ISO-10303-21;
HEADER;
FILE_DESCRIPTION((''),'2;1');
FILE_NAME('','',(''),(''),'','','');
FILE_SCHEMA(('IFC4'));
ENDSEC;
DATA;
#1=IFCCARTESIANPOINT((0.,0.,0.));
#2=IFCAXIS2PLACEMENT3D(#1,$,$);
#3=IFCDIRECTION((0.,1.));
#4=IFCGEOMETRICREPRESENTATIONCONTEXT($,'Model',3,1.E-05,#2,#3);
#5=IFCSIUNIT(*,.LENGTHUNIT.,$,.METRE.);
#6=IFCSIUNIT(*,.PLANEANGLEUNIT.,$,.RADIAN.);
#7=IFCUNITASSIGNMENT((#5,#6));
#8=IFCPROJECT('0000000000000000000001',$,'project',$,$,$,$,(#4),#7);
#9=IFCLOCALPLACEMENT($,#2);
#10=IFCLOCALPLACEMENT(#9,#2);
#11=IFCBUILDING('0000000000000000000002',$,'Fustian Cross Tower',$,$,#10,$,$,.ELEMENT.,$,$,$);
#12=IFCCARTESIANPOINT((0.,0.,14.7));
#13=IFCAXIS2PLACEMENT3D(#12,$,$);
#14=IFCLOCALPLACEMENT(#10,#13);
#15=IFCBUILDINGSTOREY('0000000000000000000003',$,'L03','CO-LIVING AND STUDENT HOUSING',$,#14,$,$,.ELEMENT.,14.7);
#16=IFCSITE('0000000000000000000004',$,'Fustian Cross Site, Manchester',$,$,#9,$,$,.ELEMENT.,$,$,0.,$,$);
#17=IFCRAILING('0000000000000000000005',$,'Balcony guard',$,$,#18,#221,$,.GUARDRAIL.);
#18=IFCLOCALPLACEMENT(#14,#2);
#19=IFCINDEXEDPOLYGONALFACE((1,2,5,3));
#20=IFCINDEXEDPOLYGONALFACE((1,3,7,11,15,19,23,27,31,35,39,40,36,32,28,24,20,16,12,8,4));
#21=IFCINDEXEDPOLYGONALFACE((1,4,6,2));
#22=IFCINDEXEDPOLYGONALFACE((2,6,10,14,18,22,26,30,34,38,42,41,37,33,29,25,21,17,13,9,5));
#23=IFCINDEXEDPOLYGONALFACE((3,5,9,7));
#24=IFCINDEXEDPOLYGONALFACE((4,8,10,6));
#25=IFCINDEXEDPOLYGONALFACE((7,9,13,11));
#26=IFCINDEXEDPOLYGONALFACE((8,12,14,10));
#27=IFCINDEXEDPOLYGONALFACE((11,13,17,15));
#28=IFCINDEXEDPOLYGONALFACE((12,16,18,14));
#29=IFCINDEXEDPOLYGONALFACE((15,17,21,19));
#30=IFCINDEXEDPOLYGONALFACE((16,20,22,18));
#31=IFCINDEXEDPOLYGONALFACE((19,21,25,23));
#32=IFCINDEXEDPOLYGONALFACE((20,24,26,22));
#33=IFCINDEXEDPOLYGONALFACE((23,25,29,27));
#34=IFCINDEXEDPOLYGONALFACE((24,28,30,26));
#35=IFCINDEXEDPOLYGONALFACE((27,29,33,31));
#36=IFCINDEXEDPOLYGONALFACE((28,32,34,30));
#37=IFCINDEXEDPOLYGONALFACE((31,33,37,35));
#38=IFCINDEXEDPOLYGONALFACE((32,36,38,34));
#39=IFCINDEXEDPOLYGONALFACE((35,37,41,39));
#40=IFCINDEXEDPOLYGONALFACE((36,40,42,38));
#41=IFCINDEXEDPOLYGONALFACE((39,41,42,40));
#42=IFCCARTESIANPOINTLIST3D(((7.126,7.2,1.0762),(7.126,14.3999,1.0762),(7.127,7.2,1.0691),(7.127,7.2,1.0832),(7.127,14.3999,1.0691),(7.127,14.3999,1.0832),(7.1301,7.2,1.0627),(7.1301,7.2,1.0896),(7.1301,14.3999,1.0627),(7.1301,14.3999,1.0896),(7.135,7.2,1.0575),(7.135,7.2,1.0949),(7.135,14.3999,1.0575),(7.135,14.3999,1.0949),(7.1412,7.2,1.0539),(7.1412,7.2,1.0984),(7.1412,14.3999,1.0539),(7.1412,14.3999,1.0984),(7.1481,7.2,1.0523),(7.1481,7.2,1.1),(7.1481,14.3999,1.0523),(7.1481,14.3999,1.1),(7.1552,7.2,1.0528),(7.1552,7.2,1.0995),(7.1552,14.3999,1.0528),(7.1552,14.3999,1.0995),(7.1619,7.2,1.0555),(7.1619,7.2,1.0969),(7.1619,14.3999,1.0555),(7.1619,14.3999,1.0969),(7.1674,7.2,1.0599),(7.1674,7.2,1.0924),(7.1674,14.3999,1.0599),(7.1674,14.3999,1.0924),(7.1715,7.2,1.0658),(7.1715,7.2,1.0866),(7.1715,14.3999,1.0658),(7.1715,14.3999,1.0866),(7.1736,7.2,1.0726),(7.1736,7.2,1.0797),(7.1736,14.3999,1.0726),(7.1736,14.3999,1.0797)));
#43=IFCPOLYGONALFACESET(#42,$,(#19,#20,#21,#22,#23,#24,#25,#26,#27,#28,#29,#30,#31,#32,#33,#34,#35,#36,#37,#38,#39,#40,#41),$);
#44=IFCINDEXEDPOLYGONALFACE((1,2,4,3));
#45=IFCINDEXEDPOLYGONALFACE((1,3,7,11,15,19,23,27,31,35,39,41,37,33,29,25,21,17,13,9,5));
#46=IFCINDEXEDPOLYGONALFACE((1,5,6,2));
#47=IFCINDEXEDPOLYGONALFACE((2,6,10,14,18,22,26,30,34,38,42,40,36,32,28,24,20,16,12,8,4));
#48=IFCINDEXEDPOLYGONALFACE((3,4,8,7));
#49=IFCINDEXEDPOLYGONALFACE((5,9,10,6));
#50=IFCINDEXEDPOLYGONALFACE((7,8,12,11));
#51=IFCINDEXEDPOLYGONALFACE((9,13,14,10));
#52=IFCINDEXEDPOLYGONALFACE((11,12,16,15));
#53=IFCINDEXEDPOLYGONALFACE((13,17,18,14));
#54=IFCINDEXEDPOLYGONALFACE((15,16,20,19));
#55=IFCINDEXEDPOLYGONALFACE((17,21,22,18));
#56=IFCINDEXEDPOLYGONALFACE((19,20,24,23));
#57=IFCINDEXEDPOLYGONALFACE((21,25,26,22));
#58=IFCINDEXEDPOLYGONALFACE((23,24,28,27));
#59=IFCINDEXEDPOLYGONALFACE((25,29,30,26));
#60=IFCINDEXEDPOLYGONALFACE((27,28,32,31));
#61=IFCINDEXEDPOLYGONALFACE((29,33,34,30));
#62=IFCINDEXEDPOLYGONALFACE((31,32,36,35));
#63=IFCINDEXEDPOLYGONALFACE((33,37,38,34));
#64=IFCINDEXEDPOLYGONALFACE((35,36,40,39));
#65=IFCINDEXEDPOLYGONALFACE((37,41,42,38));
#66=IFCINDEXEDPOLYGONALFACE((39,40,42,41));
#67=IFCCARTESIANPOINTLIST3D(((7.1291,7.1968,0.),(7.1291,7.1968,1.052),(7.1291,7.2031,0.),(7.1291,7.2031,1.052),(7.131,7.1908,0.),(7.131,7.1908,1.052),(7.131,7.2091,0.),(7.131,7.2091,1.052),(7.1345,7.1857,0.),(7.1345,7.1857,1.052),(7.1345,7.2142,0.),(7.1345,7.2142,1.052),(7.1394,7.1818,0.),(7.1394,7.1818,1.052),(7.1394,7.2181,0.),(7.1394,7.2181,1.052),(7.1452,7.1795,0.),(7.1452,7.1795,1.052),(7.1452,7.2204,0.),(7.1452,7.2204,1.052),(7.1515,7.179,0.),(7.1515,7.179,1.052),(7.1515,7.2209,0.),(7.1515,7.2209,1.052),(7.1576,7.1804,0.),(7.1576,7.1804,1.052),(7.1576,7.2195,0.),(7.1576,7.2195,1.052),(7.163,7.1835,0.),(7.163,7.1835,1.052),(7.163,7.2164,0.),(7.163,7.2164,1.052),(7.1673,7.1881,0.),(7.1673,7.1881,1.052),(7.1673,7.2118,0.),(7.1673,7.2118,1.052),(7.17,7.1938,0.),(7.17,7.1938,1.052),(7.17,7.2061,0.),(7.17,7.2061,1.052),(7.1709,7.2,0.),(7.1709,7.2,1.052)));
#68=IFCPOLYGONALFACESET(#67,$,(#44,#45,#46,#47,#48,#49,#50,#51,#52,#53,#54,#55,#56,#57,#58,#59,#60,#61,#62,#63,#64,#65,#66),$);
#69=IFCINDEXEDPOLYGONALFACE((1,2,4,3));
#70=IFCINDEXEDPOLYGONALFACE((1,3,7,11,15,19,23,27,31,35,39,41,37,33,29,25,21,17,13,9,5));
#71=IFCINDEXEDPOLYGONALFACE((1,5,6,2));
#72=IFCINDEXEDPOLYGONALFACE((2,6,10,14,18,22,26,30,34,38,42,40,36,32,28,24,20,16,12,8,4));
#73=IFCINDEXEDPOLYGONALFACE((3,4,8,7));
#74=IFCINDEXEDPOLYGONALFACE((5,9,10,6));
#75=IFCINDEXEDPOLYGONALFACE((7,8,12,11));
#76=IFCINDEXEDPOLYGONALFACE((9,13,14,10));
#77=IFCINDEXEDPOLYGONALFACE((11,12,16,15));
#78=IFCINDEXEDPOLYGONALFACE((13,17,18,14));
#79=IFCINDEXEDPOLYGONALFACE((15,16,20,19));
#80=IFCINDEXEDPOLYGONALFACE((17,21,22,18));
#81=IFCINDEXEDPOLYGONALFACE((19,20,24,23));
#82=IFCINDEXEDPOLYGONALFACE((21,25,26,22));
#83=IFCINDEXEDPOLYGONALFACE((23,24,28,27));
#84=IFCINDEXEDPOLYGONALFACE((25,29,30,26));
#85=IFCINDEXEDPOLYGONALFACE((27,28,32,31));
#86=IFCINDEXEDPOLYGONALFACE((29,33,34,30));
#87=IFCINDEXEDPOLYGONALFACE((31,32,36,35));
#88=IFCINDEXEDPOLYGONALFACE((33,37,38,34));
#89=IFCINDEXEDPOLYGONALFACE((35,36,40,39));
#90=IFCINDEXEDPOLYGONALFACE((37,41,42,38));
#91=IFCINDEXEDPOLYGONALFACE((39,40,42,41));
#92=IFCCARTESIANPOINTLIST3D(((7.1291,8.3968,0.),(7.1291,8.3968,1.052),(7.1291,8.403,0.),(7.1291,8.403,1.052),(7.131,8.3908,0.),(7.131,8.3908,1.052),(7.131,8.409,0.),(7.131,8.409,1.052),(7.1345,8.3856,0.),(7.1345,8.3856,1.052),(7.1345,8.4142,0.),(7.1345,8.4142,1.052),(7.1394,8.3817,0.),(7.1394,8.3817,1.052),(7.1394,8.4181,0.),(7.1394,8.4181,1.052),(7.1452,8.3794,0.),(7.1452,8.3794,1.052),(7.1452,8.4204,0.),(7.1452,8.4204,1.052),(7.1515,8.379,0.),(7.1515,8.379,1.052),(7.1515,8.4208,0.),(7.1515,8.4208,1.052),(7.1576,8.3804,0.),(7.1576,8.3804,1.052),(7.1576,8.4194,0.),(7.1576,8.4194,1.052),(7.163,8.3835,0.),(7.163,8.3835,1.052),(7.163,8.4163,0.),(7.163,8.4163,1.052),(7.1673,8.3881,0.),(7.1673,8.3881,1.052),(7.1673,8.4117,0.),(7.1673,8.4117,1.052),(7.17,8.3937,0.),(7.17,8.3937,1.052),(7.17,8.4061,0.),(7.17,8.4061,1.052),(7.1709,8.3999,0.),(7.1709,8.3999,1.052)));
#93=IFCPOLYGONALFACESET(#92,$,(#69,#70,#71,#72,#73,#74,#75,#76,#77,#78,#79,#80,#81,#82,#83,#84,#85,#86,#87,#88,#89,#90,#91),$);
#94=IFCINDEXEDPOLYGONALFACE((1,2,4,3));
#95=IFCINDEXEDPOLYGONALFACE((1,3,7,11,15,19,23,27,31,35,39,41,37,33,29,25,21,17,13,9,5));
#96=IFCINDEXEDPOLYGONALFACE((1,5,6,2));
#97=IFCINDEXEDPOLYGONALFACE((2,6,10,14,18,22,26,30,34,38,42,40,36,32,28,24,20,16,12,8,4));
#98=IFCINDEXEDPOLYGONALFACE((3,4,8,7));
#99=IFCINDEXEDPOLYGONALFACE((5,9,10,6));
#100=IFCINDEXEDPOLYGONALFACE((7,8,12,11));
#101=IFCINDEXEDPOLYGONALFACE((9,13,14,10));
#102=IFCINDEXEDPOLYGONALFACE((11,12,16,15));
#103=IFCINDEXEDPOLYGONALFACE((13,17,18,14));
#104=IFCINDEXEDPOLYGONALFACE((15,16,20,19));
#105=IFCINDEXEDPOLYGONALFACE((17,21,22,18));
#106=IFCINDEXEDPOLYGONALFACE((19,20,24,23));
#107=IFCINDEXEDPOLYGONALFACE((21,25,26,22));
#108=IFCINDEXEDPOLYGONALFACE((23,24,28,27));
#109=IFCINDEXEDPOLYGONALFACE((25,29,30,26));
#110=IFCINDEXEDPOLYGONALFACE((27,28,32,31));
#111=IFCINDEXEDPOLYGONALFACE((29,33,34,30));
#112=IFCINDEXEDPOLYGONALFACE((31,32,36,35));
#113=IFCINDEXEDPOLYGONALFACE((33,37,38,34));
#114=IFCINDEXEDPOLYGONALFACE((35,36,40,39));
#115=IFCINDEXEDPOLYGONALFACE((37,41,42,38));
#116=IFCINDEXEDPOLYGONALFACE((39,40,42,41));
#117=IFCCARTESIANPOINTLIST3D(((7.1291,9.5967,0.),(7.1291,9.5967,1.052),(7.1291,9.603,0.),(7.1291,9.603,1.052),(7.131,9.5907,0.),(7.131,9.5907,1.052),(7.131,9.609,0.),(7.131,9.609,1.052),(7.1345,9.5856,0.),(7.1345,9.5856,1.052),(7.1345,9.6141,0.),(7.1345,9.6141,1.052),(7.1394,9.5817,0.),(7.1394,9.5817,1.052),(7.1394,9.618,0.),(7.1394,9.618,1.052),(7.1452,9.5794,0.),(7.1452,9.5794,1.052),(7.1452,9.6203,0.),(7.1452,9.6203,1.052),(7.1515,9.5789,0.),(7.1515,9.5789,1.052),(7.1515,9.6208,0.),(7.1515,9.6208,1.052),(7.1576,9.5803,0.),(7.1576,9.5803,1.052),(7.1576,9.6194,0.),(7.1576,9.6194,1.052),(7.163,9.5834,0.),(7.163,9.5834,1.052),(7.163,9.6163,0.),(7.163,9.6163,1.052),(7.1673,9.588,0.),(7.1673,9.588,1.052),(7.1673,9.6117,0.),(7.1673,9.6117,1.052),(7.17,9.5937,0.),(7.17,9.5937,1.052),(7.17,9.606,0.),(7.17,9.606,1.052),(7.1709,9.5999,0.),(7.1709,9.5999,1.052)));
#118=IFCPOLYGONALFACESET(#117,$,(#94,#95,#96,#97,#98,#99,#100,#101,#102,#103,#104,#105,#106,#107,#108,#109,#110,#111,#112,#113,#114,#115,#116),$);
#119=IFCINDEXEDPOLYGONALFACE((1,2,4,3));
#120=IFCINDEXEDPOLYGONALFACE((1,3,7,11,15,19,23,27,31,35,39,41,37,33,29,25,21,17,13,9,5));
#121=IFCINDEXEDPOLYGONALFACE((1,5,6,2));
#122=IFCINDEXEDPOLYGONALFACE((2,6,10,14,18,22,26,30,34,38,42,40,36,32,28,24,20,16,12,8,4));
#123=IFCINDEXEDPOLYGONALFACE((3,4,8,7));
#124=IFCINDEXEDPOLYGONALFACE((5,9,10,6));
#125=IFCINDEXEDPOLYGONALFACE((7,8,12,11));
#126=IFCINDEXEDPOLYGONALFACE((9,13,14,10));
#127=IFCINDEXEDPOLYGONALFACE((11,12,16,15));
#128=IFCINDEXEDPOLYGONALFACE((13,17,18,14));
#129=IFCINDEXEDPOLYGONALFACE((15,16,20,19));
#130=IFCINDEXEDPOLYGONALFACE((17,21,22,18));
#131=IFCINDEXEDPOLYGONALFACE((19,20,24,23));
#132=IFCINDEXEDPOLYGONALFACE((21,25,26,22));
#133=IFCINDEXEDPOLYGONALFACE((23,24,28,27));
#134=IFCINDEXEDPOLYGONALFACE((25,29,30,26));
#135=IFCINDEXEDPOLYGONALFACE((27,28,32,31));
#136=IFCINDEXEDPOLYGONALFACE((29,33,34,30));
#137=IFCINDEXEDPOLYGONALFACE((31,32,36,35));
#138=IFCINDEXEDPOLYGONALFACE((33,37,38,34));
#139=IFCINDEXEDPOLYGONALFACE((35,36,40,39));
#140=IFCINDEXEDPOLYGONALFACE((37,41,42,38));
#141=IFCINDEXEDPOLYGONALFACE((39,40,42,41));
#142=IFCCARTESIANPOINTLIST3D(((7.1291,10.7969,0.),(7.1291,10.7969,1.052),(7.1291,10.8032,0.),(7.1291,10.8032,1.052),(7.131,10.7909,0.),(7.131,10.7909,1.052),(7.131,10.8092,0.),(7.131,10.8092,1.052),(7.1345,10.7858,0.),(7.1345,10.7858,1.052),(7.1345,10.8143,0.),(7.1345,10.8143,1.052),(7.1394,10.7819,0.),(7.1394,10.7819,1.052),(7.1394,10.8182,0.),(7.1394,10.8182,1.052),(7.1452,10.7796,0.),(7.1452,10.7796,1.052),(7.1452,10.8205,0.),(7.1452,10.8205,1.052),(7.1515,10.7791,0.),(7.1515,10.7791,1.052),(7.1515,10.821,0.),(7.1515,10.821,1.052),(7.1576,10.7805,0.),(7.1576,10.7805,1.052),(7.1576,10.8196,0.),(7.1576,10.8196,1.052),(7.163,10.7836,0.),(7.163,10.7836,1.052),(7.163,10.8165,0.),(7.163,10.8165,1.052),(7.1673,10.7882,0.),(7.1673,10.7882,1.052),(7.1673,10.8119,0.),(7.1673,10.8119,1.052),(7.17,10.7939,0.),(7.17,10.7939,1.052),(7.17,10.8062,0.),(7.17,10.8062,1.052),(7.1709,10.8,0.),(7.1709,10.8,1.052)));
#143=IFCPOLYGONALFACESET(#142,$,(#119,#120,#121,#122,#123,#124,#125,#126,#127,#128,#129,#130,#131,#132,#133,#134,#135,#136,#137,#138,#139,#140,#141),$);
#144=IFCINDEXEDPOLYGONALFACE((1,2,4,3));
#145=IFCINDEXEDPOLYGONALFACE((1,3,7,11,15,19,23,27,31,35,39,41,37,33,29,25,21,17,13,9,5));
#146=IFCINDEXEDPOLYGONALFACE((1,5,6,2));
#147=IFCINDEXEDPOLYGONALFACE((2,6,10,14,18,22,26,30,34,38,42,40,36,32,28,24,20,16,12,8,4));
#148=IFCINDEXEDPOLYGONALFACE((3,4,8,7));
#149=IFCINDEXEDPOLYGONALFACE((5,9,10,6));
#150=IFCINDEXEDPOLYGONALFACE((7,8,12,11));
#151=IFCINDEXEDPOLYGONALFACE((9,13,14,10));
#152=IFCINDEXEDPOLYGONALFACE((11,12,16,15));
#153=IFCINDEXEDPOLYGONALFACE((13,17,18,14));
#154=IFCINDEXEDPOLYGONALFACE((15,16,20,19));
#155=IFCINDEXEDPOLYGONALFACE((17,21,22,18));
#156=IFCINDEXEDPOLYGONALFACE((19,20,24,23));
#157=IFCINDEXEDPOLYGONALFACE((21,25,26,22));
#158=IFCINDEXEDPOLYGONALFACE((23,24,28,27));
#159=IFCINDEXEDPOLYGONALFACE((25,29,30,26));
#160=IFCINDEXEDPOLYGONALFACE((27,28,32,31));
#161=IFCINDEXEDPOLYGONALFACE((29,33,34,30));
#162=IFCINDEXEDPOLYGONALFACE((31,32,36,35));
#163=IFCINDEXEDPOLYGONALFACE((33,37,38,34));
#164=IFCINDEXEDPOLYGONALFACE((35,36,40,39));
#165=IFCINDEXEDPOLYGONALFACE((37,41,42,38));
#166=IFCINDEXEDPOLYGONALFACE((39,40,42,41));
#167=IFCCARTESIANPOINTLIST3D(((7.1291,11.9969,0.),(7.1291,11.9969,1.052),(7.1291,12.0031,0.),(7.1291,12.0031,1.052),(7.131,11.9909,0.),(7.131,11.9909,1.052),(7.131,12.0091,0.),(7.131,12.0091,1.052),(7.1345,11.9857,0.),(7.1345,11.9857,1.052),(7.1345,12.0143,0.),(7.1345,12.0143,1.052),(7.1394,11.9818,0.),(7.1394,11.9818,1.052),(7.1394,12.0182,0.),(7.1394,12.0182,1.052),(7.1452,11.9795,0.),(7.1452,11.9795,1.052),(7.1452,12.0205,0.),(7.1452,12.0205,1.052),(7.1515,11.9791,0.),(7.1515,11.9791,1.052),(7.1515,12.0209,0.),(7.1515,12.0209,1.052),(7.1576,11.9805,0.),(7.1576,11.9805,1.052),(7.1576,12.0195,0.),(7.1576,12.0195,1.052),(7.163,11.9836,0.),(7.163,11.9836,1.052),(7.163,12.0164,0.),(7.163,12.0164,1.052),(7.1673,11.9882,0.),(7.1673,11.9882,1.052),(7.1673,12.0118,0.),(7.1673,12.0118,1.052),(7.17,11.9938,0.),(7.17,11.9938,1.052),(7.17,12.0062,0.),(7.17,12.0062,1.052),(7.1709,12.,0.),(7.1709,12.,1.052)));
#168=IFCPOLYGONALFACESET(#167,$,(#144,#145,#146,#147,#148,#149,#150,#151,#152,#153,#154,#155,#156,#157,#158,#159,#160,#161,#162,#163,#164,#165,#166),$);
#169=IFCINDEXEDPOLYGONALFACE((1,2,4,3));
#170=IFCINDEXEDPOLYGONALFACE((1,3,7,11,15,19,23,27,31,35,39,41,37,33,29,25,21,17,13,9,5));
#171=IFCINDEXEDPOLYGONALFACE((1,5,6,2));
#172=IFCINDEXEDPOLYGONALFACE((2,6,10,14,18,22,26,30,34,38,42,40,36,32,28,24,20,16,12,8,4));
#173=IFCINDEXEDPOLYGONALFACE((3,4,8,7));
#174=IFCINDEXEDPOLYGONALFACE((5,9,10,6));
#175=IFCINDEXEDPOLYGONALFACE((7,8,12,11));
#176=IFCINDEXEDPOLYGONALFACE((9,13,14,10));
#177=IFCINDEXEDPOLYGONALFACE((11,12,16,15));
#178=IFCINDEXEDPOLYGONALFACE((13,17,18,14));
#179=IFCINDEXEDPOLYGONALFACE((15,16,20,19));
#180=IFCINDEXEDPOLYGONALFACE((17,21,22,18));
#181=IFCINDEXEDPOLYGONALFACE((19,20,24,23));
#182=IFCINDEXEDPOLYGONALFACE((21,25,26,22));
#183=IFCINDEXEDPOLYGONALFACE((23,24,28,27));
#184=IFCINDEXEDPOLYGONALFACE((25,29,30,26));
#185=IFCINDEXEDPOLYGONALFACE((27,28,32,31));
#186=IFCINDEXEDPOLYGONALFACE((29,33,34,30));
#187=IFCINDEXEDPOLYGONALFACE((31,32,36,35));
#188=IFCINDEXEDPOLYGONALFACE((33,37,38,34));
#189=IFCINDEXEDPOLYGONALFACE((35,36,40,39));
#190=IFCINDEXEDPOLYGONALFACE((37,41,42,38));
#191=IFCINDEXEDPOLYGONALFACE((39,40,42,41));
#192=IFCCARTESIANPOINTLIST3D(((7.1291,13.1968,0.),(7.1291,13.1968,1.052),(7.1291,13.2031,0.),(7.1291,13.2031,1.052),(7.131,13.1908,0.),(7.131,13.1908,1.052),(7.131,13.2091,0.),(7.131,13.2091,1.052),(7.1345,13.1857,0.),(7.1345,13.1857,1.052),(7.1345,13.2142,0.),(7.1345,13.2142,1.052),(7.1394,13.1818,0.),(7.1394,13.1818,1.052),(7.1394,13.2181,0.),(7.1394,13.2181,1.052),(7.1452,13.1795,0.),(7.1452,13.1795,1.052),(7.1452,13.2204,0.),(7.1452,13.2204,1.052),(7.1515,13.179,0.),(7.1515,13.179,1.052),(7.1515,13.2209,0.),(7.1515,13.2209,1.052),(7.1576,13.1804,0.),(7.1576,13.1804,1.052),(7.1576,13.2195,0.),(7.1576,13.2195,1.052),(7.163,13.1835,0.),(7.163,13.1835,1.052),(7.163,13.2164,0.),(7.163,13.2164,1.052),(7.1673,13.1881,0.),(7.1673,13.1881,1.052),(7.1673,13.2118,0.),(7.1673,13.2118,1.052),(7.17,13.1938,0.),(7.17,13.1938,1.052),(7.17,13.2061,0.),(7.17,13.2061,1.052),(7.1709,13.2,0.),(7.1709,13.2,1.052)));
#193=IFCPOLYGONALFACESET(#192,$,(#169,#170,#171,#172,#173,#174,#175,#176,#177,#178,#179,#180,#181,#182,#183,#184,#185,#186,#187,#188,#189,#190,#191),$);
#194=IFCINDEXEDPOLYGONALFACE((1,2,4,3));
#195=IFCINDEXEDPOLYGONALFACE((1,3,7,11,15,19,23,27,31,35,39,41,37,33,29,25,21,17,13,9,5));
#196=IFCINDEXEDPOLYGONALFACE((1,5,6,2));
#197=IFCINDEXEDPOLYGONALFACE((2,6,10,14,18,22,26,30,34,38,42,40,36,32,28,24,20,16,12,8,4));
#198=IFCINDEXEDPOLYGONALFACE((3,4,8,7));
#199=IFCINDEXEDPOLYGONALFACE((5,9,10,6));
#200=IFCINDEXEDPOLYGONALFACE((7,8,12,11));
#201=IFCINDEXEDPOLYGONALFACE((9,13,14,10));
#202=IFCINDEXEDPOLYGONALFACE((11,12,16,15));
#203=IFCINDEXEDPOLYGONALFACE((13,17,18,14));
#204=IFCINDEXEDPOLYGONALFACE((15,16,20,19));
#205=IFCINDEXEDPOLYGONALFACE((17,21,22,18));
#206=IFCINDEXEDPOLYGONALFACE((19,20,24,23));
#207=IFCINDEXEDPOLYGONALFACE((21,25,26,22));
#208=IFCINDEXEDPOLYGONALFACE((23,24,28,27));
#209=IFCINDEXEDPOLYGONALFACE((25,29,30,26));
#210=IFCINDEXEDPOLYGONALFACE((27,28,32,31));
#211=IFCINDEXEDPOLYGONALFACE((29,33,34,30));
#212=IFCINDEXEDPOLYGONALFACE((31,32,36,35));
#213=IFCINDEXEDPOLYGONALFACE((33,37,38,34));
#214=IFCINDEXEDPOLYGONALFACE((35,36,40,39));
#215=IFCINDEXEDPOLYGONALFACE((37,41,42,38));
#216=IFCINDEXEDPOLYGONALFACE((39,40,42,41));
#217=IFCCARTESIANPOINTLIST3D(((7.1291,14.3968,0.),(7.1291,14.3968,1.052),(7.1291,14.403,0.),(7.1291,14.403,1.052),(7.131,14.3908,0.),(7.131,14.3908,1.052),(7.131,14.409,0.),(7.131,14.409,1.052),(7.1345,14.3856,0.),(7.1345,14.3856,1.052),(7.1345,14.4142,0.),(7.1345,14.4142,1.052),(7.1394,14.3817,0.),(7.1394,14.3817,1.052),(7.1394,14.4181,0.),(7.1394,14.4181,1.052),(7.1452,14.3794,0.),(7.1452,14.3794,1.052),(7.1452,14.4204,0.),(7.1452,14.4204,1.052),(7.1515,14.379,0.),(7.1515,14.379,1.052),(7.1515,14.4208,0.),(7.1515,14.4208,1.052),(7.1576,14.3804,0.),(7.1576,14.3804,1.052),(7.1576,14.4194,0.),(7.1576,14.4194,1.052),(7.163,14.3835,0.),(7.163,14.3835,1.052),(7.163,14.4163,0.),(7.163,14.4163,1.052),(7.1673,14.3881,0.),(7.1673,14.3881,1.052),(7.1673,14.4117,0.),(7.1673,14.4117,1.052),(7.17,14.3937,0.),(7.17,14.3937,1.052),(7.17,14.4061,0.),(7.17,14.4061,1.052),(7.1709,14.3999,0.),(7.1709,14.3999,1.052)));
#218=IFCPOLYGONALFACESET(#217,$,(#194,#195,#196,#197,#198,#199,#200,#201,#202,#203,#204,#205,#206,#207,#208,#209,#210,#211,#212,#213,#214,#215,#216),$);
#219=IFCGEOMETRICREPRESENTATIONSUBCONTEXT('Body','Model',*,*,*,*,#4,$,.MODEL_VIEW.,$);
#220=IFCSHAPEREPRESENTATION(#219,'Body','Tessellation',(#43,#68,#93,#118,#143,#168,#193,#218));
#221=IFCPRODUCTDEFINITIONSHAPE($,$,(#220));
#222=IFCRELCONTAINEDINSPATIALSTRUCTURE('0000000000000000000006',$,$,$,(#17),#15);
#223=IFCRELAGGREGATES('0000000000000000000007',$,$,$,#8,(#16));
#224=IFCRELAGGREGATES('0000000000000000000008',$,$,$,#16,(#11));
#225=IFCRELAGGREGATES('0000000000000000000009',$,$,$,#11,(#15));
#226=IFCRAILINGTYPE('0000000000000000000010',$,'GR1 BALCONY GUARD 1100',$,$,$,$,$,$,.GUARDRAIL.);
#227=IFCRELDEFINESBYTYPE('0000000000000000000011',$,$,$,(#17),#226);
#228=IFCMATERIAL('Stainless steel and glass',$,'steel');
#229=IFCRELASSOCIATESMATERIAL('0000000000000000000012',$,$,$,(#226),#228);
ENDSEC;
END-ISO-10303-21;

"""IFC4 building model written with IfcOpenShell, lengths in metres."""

from ifc_helpers import new_model, si_unit, direction, frame, origin, origin_2d, place, context, subcontext, project, spatial, circle, extrude, material, type_object, element, save


model = new_model("IFC4")

# Units and contexts
model_context = context("Model", 3, precision=1e-05, world=origin(), true_north=direction((0.0, 1.0)))
body_context = subcontext(model_context, "Body", "Model", "MODEL_VIEW")
ifc_project = project(units=[si_unit("LENGTHUNIT", "METRE"), si_unit("PLANEANGLEUNIT", "RADIAN")], contexts=[model_context])

# Site, building, storey
site_placement = place(None, origin())
site = spatial("IfcSite", under=ifc_project, at=site_placement, Name="Fustian Cross Site, Manchester", CompositionType="ELEMENT", RefElevation=0.0)
building_placement = place(site_placement, origin())
building = spatial("IfcBuilding", under=site, at=building_placement, Name="Fustian Cross Tower", CompositionType="ELEMENT")
storey_placement = place(building_placement, frame((0.0, 0.0, 14.7)))
storey = spatial("IfcBuildingStorey", under=building, at=storey_placement, Name="L03", Description="CO-LIVING AND STUDENT HOUSING", CompositionType="ELEMENT", Elevation=14.7)

# Railing
ifc_material_1 = material(Name="Stainless steel and glass", Category="steel")
railing_type_1 = type_object("IfcRailingType", Name="GR1 BALCONY GUARD 1100", PredefinedType="GUARDRAIL", material=ifc_material_1)
railing_1_placement = place(storey_placement, frame((7.1499, 7.2, 0.0)))
element("IfcRailing", 1, at=railing_1_placement, inside=storey, type_object=railing_type_1, Name="Balcony guard", PredefinedType="GUARDRAIL", context=body_context, shape_type="SweptSolid", body=[
    extrude(circle(Radius=0.0239, at=origin_2d()), frame((0.0, 0.0, 1.0762), z_axis=(0.0, 1.0, 0.0), x_axis=(-1.0, 0.0, 0.0)), (0.0, 0.0, 1.0), 7.2),
    extrude(circle(Radius=0.021, at=origin_2d()), origin(), (0.0, 0.0, 1.0), 1.052),
    extrude(circle(Radius=0.021, at=origin_2d()), frame((0.0, 1.2, 0.0)), (0.0, 0.0, 1.0), 1.052),
    extrude(circle(Radius=0.021, at=origin_2d()), frame((0.0, 2.3999, 0.0)), (0.0, 0.0, 1.0), 1.052),
    extrude(circle(Radius=0.021, at=origin_2d()), frame((0.0, 3.6001, 0.0)), (0.0, 0.0, 1.0), 1.052),
    extrude(circle(Radius=0.021, at=origin_2d()), frame((0.0, 4.8, 0.0)), (0.0, 0.0, 1.0), 1.052),
    extrude(circle(Radius=0.021, at=origin_2d()), frame((0.0, 6.0, 0.0)), (0.0, 0.0, 1.0), 1.052),
    extrude(circle(Radius=0.021, at=origin_2d()), frame((0.0, 7.2, 0.0)), (0.0, 0.0, 1.0), 1.052),
])

save(model, "model.ifc")
